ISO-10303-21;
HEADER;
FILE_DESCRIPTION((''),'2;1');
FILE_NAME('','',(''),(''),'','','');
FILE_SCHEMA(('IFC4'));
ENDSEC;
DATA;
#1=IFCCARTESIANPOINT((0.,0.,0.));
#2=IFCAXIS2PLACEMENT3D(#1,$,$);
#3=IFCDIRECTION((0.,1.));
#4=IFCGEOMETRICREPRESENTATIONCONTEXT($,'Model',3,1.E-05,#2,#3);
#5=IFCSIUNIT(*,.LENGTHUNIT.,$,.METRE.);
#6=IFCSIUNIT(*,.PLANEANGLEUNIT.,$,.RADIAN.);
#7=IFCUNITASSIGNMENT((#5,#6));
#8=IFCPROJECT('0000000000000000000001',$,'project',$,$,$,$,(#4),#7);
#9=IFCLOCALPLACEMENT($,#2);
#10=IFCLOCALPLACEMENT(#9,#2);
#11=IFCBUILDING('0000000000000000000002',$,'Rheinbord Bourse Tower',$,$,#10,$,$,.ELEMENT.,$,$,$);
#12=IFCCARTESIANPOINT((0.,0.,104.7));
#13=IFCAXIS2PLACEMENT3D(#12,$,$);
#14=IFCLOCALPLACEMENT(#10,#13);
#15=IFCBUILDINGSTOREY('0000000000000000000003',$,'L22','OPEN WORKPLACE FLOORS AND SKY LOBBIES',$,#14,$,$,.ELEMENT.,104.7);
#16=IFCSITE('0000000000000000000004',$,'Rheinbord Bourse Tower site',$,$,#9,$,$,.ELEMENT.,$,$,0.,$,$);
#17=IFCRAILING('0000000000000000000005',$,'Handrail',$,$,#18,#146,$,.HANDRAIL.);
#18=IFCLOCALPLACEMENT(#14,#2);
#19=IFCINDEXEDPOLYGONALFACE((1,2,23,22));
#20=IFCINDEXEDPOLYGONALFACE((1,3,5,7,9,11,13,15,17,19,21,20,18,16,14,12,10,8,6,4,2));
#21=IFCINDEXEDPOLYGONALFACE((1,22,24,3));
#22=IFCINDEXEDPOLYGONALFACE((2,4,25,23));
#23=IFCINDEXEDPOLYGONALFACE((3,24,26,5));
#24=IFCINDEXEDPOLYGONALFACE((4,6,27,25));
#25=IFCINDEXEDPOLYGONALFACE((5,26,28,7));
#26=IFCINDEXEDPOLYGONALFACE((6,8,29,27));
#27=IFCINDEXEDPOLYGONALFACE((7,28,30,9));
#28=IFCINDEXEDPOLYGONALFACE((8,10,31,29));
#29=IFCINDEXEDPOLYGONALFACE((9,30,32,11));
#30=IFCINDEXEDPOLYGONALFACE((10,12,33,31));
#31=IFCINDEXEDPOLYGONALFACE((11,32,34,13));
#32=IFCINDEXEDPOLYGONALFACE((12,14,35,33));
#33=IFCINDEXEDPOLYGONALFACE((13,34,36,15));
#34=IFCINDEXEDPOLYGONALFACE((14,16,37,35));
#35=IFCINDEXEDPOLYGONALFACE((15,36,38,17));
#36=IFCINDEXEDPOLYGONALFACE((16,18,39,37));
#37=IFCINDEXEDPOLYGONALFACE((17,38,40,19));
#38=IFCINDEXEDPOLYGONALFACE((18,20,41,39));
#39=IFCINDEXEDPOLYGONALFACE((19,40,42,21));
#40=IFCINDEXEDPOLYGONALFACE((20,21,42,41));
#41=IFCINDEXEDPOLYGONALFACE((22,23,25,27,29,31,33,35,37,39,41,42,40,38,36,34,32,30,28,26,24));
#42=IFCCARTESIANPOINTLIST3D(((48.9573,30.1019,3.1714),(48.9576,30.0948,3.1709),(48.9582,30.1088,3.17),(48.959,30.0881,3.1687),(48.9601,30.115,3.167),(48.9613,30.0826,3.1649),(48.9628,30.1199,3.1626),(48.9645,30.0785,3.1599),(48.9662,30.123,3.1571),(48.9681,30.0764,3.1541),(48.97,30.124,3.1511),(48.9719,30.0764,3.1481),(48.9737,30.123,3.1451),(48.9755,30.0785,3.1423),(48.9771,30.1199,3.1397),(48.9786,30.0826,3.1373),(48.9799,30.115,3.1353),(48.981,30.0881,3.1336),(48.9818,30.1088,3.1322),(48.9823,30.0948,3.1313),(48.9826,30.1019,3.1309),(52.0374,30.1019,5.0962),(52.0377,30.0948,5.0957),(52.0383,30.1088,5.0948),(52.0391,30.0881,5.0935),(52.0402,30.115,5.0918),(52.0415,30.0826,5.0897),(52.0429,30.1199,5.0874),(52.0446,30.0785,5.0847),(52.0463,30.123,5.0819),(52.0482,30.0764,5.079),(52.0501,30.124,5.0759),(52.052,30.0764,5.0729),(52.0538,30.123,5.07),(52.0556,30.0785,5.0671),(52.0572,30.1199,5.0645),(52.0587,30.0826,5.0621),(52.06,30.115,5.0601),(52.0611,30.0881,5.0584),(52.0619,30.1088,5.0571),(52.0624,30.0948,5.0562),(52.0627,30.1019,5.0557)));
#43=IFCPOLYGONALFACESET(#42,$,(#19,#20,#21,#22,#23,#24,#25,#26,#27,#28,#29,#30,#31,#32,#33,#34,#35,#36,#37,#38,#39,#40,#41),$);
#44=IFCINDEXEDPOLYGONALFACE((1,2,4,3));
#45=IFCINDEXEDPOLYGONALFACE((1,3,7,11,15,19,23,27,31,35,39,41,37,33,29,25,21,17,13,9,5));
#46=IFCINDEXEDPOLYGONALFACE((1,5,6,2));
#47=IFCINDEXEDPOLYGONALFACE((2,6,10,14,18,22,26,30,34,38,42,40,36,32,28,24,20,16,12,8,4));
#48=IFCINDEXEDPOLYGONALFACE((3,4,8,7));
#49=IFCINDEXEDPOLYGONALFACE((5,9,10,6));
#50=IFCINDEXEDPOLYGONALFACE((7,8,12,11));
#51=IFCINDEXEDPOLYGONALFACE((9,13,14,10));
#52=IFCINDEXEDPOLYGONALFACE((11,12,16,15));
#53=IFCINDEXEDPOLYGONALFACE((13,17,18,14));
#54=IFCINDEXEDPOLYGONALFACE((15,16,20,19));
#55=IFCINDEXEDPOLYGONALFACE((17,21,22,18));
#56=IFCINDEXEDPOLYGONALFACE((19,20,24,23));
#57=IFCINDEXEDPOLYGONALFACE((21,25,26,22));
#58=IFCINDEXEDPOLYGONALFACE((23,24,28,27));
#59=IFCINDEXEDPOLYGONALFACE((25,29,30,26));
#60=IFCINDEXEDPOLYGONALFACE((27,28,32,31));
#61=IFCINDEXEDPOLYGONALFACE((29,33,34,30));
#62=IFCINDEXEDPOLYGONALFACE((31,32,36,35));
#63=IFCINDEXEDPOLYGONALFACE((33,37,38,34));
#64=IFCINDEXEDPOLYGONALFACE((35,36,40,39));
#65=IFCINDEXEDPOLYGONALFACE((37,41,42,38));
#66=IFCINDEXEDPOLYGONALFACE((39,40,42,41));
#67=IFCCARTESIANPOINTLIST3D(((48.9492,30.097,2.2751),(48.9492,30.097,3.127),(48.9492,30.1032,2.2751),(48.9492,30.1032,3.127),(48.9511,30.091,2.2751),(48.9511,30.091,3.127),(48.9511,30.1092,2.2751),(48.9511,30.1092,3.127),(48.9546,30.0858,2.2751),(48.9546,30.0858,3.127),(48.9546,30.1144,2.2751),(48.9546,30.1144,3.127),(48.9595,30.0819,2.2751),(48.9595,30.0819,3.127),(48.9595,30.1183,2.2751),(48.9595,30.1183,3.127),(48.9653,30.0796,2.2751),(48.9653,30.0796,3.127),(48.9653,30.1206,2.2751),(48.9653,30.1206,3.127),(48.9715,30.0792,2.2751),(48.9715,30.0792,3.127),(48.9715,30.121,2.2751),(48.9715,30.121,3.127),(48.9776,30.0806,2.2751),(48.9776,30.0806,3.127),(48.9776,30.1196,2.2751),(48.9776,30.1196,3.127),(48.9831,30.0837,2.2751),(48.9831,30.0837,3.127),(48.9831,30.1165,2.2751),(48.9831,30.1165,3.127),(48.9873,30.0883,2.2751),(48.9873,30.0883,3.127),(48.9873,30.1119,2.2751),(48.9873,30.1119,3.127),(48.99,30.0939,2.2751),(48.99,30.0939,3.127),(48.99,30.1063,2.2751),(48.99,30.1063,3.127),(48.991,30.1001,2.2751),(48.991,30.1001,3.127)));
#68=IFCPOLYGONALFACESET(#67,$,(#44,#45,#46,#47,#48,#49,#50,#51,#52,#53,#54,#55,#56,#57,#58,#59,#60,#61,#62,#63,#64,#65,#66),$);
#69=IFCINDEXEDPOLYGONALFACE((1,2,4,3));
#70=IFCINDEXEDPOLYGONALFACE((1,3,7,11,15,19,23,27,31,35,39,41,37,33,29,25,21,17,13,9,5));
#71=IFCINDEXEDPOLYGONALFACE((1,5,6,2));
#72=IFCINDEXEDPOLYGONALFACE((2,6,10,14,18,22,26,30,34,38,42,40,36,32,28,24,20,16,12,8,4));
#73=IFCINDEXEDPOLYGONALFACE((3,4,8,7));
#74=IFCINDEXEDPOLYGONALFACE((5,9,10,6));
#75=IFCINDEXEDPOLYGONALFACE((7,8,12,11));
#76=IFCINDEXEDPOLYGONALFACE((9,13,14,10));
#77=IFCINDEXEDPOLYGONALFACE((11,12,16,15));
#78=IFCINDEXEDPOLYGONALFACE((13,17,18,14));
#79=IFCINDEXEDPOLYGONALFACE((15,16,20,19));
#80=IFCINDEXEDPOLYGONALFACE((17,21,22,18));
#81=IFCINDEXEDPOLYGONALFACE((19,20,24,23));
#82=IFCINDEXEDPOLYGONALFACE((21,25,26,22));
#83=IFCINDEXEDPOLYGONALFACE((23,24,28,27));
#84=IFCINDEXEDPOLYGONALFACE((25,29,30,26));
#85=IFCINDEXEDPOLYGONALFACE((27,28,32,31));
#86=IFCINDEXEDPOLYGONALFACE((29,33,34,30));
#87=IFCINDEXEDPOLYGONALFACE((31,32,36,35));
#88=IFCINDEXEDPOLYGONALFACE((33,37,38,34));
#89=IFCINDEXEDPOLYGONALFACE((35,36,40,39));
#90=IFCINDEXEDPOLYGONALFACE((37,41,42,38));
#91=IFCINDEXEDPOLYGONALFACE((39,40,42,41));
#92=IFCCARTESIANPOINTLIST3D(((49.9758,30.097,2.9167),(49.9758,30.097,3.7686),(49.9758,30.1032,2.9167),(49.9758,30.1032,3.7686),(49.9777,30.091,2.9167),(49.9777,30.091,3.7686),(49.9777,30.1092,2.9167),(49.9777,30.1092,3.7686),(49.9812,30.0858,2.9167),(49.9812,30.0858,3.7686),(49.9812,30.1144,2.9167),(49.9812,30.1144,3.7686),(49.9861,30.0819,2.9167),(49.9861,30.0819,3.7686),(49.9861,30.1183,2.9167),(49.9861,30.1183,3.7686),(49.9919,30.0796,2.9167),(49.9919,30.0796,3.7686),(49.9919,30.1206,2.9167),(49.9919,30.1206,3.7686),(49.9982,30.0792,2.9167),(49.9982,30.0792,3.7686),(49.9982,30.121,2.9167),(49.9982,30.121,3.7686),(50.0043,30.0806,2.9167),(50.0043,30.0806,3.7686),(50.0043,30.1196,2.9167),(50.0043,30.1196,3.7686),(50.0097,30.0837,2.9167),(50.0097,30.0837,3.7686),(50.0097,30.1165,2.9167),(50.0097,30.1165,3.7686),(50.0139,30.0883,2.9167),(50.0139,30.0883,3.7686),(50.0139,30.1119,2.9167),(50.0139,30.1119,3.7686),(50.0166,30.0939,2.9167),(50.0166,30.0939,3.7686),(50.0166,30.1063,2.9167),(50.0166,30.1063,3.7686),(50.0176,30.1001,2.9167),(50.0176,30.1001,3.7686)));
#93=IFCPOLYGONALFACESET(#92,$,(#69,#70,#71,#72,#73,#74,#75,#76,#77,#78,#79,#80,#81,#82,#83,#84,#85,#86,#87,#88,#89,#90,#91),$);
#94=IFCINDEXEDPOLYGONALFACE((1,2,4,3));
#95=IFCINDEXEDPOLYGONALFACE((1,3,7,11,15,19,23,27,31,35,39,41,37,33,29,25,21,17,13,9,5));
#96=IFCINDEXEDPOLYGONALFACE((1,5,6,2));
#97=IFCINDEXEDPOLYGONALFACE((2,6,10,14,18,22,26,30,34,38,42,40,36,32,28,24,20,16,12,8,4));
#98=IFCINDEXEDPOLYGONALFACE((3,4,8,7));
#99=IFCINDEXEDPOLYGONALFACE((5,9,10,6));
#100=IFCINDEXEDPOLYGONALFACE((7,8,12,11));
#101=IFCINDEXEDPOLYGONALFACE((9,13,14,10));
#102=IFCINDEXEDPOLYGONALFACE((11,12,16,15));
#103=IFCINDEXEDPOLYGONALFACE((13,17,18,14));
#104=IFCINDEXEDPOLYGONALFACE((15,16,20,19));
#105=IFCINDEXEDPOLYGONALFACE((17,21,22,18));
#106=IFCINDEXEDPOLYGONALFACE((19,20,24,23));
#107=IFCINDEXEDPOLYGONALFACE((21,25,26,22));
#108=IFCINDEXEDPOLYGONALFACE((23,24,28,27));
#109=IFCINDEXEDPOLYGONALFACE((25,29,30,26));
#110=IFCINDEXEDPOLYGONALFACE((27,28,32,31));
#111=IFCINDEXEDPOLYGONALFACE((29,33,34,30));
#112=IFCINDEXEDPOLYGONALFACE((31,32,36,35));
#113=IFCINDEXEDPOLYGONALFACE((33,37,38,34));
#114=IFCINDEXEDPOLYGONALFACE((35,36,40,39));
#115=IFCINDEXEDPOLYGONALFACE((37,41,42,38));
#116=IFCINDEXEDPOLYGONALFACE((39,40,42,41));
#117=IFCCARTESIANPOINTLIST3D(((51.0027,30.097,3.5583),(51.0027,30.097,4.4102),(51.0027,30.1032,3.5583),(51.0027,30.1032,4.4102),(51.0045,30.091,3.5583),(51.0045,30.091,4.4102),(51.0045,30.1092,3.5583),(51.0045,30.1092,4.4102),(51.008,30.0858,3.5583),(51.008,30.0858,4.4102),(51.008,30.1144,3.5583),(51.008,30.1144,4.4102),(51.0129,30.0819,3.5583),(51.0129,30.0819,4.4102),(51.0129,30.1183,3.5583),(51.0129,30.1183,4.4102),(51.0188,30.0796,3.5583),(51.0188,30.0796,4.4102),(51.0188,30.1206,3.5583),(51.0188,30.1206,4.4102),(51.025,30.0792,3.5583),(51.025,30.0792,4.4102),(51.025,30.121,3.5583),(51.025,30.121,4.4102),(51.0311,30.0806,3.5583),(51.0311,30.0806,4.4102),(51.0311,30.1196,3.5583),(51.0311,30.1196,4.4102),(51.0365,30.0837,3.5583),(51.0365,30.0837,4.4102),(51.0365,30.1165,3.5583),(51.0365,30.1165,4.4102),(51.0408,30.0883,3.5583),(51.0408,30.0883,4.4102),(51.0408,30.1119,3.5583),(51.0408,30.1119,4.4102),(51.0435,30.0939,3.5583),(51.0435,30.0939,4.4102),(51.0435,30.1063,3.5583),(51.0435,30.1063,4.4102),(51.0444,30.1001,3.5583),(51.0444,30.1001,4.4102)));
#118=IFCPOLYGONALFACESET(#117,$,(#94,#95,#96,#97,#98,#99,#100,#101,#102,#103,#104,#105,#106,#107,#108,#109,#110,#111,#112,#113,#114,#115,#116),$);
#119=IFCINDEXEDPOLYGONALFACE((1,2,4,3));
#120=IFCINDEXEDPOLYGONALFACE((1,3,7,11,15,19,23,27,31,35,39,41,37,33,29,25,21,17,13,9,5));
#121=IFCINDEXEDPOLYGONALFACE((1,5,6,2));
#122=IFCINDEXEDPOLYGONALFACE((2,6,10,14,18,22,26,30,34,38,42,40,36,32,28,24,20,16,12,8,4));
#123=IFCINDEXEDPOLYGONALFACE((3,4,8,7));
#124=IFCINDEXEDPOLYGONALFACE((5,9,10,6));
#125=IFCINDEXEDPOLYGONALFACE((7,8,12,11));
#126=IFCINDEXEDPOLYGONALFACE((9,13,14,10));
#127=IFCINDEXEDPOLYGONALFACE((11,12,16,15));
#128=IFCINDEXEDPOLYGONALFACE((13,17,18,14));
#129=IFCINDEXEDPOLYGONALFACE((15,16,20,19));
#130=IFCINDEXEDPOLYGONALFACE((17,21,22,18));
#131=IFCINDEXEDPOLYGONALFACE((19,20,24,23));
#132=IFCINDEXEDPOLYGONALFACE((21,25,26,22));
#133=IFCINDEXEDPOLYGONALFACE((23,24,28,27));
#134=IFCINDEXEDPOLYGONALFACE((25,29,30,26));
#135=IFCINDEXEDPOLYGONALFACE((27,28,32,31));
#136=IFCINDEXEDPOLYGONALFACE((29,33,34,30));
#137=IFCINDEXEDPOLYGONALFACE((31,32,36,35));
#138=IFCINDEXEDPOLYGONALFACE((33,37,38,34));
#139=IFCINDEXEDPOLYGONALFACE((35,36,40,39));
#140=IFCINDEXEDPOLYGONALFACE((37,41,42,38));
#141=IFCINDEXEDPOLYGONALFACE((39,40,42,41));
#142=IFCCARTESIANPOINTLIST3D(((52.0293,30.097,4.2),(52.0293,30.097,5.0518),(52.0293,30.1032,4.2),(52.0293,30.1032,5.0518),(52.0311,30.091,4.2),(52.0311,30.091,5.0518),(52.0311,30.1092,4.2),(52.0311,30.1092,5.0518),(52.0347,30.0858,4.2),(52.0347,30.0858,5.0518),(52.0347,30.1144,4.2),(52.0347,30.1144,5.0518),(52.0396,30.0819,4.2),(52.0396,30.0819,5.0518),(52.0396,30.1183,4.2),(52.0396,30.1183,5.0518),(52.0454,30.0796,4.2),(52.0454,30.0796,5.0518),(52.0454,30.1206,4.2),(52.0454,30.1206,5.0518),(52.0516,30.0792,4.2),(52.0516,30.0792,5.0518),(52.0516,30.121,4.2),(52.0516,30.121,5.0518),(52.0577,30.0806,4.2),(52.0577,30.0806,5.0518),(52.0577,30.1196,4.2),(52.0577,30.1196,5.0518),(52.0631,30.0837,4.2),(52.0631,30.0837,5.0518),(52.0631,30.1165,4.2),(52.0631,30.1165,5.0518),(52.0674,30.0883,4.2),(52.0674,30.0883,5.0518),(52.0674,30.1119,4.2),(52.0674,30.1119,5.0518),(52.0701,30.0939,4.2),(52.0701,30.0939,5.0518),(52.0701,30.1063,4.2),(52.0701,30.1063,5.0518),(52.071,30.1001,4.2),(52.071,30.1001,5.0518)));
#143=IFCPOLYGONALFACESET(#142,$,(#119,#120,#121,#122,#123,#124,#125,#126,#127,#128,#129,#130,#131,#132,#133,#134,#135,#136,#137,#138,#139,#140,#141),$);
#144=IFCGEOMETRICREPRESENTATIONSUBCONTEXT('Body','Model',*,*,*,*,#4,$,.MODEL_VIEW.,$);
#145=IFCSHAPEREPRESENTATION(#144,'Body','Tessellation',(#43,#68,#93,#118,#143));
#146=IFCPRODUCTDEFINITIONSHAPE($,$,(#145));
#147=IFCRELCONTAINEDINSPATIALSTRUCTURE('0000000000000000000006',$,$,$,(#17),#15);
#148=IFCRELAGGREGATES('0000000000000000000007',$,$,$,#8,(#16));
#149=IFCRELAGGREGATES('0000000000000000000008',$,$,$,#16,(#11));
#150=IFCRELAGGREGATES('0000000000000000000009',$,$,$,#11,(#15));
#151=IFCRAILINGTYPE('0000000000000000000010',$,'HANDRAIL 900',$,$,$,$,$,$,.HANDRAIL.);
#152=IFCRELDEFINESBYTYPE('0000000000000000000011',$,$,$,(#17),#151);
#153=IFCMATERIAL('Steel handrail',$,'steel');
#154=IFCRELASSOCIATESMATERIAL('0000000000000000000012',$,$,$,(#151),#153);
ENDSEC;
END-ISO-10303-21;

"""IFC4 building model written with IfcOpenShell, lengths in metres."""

from ifc_helpers import new_model, si_unit, direction, frame, origin, origin_2d, place, context, subcontext, project, spatial, circle, extrude, material, type_object, element, save


model = new_model("IFC4")

# Units and contexts
model_context = context("Model", 3, precision=1e-05, world=origin(), true_north=direction((0.0, 1.0)))
body_context = subcontext(model_context, "Body", "Model", "MODEL_VIEW")
ifc_project = project(units=[si_unit("LENGTHUNIT", "METRE"), si_unit("PLANEANGLEUNIT", "RADIAN")], contexts=[model_context])

# Site, building, storey
site_placement = place(None, origin())
site = spatial("IfcSite", under=ifc_project, at=site_placement, Name="Rheinbord Bourse Tower site", CompositionType="ELEMENT", RefElevation=0.0)
building_placement = place(site_placement, origin())
building = spatial("IfcBuilding", under=site, at=building_placement, Name="Rheinbord Bourse Tower", CompositionType="ELEMENT")
storey_placement = place(building_placement, frame((0.0, 0.0, 104.7)))
storey = spatial("IfcBuildingStorey", under=building, at=storey_placement, Name="L22", Description="OPEN WORKPLACE FLOORS AND SKY LOBBIES", CompositionType="ELEMENT", Elevation=104.7)

# Railing
ifc_material_1 = material(Name="Steel handrail", Category="steel")
railing_type = type_object("IfcRailingType", Name="HANDRAIL 900", PredefinedType="HANDRAIL", material=ifc_material_1)
railing_1_placement = place(storey_placement, frame((48.97, 30.1001, 2.2751)))
element("IfcRailing", 1, at=railing_1_placement, inside=storey, type_object=railing_type, Name="Handrail", PredefinedType="HANDRAIL", context=body_context, shape_type="SweptSolid", body=[
    extrude(circle(Radius=0.0239, at=origin_2d()), frame((0.0, 0.0, 0.876), z_axis=(0.848029, 0.0, 0.529951), x_axis=(0.0, 1.0, 0.0)), (0.0, 0.0, 1.0), 3.6321),
    extrude(circle(Radius=0.021, at=origin_2d()), origin(), (0.0, 0.0, 1.0), 0.8518),
    extrude(circle(Radius=0.021, at=origin_2d()), frame((1.0266, 0.0, 0.6416)), (0.0, 0.0, 1.0), 0.8518),
    extrude(circle(Radius=0.021, at=origin_2d()), frame((2.0535, 0.0, 1.2832)), (0.0, 0.0, 1.0), 0.8518),
    extrude(circle(Radius=0.021, at=origin_2d()), frame((3.0801, 0.0, 1.9248)), (0.0, 0.0, 1.0), 0.8518),
])

save(model, "model.ifc")
